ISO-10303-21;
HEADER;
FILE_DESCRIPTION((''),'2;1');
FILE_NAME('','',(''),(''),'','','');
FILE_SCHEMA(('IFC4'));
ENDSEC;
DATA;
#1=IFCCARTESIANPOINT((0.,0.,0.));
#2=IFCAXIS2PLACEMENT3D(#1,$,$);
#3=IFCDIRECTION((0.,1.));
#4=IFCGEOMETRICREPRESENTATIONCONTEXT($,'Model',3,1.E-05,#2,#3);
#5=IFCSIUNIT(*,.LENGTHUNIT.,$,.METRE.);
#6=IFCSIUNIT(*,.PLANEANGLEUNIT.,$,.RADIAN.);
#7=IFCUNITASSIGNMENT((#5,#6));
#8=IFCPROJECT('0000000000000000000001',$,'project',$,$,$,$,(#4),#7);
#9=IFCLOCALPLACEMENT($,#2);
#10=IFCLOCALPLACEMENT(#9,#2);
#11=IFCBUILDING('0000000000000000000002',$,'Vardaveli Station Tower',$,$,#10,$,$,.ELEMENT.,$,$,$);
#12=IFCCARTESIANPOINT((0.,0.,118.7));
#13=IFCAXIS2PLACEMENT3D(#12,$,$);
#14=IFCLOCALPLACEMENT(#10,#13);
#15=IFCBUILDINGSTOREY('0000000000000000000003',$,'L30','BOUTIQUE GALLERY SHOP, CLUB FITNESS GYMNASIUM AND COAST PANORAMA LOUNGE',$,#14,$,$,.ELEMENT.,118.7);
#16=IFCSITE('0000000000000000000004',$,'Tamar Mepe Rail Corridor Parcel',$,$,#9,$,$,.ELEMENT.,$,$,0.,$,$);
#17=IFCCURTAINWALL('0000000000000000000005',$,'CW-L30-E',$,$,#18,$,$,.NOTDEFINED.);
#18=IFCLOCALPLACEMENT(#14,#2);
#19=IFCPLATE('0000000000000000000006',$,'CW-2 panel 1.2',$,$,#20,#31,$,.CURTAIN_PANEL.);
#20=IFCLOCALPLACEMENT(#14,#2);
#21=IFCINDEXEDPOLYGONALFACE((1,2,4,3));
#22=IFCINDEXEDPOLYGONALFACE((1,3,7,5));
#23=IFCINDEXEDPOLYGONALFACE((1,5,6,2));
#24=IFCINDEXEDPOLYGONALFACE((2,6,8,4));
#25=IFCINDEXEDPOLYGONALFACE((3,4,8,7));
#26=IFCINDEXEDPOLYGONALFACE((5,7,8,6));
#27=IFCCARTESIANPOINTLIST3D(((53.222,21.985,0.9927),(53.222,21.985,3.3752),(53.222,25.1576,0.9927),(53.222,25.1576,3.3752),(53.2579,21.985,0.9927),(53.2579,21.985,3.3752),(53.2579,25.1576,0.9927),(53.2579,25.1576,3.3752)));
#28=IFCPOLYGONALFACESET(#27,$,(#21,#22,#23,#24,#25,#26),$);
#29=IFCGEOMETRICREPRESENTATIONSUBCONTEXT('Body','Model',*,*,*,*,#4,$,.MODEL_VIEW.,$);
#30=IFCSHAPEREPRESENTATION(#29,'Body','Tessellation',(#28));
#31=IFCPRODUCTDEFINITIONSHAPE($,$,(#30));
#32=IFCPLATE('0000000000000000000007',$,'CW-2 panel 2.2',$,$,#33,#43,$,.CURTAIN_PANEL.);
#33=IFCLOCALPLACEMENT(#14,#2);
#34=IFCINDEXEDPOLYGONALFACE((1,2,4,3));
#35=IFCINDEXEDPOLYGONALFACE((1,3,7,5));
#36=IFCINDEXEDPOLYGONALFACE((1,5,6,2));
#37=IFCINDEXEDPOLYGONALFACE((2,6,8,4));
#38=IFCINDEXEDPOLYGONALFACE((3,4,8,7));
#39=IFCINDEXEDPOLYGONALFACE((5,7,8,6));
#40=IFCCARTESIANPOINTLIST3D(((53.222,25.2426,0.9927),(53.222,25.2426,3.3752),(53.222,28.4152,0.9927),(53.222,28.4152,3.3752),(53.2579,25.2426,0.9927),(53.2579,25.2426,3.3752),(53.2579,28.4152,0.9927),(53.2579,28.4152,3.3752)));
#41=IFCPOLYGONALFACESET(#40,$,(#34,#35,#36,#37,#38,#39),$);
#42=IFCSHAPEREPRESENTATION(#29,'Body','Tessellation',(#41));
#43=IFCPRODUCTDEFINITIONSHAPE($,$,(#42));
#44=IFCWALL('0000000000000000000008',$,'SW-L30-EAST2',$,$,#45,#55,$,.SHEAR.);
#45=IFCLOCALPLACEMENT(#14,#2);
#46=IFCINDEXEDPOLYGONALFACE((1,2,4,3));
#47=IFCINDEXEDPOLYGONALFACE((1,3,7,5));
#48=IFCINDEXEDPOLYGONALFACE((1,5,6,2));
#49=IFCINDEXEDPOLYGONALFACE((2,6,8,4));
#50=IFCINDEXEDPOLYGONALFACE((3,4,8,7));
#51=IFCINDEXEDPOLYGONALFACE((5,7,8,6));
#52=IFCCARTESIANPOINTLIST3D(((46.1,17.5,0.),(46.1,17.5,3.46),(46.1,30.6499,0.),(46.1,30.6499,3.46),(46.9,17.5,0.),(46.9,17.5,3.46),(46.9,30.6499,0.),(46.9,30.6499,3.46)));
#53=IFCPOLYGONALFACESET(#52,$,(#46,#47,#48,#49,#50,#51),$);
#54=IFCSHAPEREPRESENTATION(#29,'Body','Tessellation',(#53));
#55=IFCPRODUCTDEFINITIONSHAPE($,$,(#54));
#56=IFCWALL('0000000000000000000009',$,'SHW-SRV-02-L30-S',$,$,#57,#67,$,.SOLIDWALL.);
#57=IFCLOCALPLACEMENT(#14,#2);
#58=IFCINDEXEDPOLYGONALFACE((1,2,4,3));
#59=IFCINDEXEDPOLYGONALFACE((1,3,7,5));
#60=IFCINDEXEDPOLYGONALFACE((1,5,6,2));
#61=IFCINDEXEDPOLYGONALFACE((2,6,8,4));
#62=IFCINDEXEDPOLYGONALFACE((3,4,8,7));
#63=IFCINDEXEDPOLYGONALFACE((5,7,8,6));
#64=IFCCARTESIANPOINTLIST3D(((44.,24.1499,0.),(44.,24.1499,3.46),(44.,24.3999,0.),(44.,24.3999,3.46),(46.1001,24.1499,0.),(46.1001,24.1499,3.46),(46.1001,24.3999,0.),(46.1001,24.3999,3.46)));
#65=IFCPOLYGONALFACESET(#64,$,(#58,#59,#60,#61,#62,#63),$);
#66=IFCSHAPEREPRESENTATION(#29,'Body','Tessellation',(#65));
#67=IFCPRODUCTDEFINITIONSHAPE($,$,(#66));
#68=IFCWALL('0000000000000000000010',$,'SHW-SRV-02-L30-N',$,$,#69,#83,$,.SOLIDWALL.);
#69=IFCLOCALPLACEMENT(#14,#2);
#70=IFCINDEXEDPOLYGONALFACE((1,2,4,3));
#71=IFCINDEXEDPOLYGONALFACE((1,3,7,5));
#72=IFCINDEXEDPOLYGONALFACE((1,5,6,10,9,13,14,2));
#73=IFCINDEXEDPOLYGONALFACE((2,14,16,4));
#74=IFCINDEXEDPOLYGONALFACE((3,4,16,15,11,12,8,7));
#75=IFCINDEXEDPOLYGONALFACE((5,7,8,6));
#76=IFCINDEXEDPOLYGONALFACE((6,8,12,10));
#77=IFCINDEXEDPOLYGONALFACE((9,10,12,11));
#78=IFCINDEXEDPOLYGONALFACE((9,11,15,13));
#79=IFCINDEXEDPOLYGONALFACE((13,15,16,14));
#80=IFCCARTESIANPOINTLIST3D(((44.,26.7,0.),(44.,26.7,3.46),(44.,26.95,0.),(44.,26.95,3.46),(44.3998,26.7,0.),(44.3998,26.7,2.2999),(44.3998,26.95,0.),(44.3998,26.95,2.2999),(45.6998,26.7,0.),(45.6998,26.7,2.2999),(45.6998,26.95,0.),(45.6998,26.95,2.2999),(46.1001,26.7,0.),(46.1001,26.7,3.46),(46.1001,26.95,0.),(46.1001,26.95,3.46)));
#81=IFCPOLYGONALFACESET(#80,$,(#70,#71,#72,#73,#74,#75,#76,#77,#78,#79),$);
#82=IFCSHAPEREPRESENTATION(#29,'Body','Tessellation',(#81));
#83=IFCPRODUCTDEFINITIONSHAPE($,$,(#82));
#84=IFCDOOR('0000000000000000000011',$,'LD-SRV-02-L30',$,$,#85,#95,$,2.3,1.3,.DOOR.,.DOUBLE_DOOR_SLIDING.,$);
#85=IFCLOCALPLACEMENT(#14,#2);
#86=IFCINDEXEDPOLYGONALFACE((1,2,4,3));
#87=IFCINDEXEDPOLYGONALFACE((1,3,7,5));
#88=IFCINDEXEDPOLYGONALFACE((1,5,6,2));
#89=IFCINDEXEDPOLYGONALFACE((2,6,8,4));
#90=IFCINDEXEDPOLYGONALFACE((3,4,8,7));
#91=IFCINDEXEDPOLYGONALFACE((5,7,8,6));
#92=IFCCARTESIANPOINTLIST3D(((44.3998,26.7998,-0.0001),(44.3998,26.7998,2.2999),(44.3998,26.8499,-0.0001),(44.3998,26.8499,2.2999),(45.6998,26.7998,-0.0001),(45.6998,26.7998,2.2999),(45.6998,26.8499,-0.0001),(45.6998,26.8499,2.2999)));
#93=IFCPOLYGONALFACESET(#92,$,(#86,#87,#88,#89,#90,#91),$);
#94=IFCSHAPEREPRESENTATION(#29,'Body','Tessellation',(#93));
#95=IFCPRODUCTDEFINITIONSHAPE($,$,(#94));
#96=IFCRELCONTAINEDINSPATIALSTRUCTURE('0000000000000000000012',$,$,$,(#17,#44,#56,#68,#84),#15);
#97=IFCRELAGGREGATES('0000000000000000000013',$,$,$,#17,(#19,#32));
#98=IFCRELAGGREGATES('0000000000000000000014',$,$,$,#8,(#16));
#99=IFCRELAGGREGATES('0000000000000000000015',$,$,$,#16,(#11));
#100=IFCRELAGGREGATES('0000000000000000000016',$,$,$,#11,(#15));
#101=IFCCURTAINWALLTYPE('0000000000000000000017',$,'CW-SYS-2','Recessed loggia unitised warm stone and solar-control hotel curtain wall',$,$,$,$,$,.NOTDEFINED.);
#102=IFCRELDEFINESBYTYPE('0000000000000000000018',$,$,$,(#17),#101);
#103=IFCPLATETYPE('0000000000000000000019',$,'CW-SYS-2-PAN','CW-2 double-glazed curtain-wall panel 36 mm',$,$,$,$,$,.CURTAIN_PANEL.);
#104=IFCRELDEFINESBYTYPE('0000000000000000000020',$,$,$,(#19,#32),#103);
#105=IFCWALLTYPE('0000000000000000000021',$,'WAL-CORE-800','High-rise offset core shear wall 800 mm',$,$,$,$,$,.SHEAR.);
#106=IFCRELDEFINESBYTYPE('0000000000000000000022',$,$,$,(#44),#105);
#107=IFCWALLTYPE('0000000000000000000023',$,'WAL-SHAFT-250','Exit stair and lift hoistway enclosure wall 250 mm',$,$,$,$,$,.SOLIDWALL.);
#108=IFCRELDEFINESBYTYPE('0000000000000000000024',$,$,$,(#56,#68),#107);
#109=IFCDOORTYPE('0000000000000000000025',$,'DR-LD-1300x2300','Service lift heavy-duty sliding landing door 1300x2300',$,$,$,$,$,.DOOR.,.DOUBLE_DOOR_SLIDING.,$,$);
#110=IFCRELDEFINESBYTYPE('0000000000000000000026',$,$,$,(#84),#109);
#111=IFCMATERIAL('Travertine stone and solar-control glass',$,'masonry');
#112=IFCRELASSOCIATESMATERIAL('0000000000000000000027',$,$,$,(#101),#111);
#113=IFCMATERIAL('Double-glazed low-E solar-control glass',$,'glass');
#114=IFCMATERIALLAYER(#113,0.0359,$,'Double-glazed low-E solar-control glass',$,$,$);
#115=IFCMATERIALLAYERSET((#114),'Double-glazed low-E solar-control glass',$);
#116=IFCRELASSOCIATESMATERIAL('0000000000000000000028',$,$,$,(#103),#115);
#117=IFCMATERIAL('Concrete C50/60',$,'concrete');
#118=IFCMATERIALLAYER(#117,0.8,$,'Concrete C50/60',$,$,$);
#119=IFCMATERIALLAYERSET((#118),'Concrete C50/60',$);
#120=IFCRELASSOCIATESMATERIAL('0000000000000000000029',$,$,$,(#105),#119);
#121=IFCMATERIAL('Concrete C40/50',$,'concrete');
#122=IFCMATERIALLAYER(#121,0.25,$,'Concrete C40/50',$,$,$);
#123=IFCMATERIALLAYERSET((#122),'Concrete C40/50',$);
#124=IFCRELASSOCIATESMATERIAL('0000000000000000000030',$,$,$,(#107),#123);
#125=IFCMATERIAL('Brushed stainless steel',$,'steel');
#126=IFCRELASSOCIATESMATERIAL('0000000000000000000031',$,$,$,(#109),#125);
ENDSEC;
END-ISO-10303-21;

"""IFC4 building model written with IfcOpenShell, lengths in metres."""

from ifc_helpers import new_model, si_unit, direction, frame, frame_2d, origin, origin_2d, place, context, subcontext, project, spatial, rectangle, extrude, source, transform, mapped, material, layer, layer_set, type_object, element, fill, aggregate, save


model = new_model("IFC4")

# Units and contexts
model_context = context("Model", 3, precision=1e-05, world=origin(), true_north=direction((0.0, 1.0)))
body_context = subcontext(model_context, "Body", "Model", "MODEL_VIEW")
ifc_project = project(units=[si_unit("LENGTHUNIT", "METRE"), si_unit("PLANEANGLEUNIT", "RADIAN")], contexts=[model_context])

# Site, building, storey
site_placement = place(None, origin())
site = spatial("IfcSite", under=ifc_project, at=site_placement, Name="Tamar Mepe Rail Corridor Parcel", CompositionType="ELEMENT", RefElevation=0.0)
building_placement = place(site_placement, origin())
building = spatial("IfcBuilding", under=site, at=building_placement, Name="Vardaveli Station Tower", CompositionType="ELEMENT")
storey_placement = place(building_placement, frame((0.0, 0.0, 118.7)))
storey = spatial("IfcBuildingStorey", under=building, at=storey_placement, Name="L30", Description="BOUTIQUE GALLERY SHOP, CLUB FITNESS GYMNASIUM AND COAST PANORAMA LOUNGE", CompositionType="ELEMENT", Elevation=118.7)

# Curtain wall, plates
ifc_material_1 = material(Name="Travertine stone and solar-control glass", Category="masonry")
curtain_wall_type = type_object("IfcCurtainWallType", Name="CW-SYS-2", Description="Recessed loggia unitised warm stone and solar-control hotel curtain wall", PredefinedType="NOTDEFINED", material=ifc_material_1)
curtain_wall_placement = place(storey_placement, origin())
curtain_wall = element("IfcCurtainWall", 1, at=curtain_wall_placement, inside=storey, type_object=curtain_wall_type, Name="CW-L30-E", PredefinedType="NOTDEFINED")
ifc_material_2 = material(Name="Double-glazed low-E solar-control glass", Category="glass")
ifc_layer_1 = layer(ifc_material_2, 0.0359, Name="Double-glazed low-E solar-control glass")
ifc_layer_set_1 = layer_set([ifc_layer_1], Name="Double-glazed low-E solar-control glass")
plate_type = type_object("IfcPlateType", Name="CW-SYS-2-PAN", Description="CW-2 double-glazed curtain-wall panel 36 mm", PredefinedType="CURTAIN_PANEL", material=ifc_layer_set_1)
shared_shape_1 = source(origin(), body_context, "Body", "SweptSolid", [
    extrude(rectangle(XDim=3.1726, YDim=0.0359, at=origin_2d()), origin(), (0.0, 0.0, 1.0), 2.3826),
])
plate_1_placement = place(storey_placement, frame((53.24, 23.5713, 0.9927), z_axis=(0.0, 0.0, 1.0), x_axis=(0.0, 1.0, 0.0)))
plate_1 = element("IfcPlate", 2, at=plate_1_placement, type_object=plate_type, Name="CW-2 panel 1.2", PredefinedType="CURTAIN_PANEL", context=body_context, shape_type="MappedRepresentation", body=[
    mapped(shared_shape_1, transform((0.0, 0.0, 0.0), scale=1.0)),
])
plate_2_placement = place(storey_placement, frame((53.24, 26.8289, 0.9927), z_axis=(0.0, 0.0, 1.0), x_axis=(0.0, 1.0, 0.0)))
plate_2 = element("IfcPlate", 3, at=plate_2_placement, type_object=plate_type, Name="CW-2 panel 2.2", PredefinedType="CURTAIN_PANEL", context=body_context, shape_type="MappedRepresentation", body=[
    mapped(shared_shape_1, transform((0.0, 0.0, 0.0), scale=1.0)),
])
aggregate(curtain_wall, [plate_1, plate_2])

# Walls
ifc_material_3 = material(Name="Concrete C50/60", Category="concrete")
ifc_layer_2 = layer(ifc_material_3, 0.8, Name="Concrete C50/60")
ifc_layer_set_2 = layer_set([ifc_layer_2], Name="Concrete C50/60")
wall_type_1 = type_object("IfcWallType", Name="WAL-CORE-800", Description="High-rise offset core shear wall 800 mm", PredefinedType="SHEAR", material=ifc_layer_set_2)
shared_shape_2 = source(origin(), body_context, "Body", "SweptSolid", [
    extrude(rectangle(XDim=13.1499, YDim=0.8, at=frame_2d((6.575, 0.0))), origin(), (0.0, 0.0, 1.0), 3.46),
])
wall_1_placement = place(storey_placement, frame((46.5, 17.5, 0.0), z_axis=(0.0, 0.0, 1.0), x_axis=(0.0, 1.0, 0.0)))
element("IfcWall", 4, at=wall_1_placement, inside=storey, type_object=wall_type_1, Name="SW-L30-EAST2", PredefinedType="SHEAR", context=body_context, shape_type="MappedRepresentation", body=[
    mapped(shared_shape_2, transform((0.0, 0.0, 0.0), scale=1.0)),
])
ifc_material_4 = material(Name="Concrete C40/50", Category="concrete")
ifc_layer_3 = layer(ifc_material_4, 0.25, Name="Concrete C40/50")
ifc_layer_set_3 = layer_set([ifc_layer_3], Name="Concrete C40/50")
wall_type_2 = type_object("IfcWallType", Name="WAL-SHAFT-250", Description="Exit stair and lift hoistway enclosure wall 250 mm", PredefinedType="SOLIDWALL", material=ifc_layer_set_3)
shared_shape_3 = source(origin(), body_context, "Body", "SweptSolid", [
    extrude(rectangle(XDim=2.1001, YDim=0.25, at=frame_2d((1.05, 0.0))), origin(), (0.0, 0.0, 1.0), 3.46),
])
wall_2_placement = place(storey_placement, frame((44.0, 24.2749, 0.0), z_axis=(0.0, 0.0, 1.0), x_axis=(1.0, 0.0, 0.0)))
element("IfcWall", 5, at=wall_2_placement, inside=storey, type_object=wall_type_2, Name="SHW-SRV-02-L30-S", PredefinedType="SOLIDWALL", context=body_context, shape_type="MappedRepresentation", body=[
    mapped(shared_shape_3, transform((0.0, 0.0, 0.0), scale=1.0)),
])

# Wall, opening, door
wall_3_placement = place(storey_placement, frame((44.0, 26.825, 0.0), z_axis=(0.0, 0.0, 1.0), x_axis=(1.0, 0.0, 0.0)))
wall_3 = element("IfcWall", 6, at=wall_3_placement, inside=storey, type_object=wall_type_2, Name="SHW-SRV-02-L30-N", PredefinedType="SOLIDWALL", context=body_context, shape_type="MappedRepresentation", body=[
    mapped(shared_shape_3, transform((0.0, 0.0, 0.0), scale=1.0)),
])
shared_shape_4 = source(origin(), body_context, "Body", "SweptSolid", [
    extrude(rectangle(XDim=1.3, YDim=2.3, at=frame_2d((0.6499, 1.1499))), frame((0.0, 0.135, 0.0), z_axis=(0.0, -1.0, 0.0), x_axis=(1.0, 0.0, 0.0)), (0.0, 0.0, 1.0), 0.27),
])
opening_placement = place(wall_3_placement, frame((0.3999, 0.0, 0.0)))
opening = element("IfcOpeningElement", 7, at=opening_placement, cuts=wall_3, PredefinedType="OPENING", context=body_context, shape_type="MappedRepresentation", body=[
    mapped(shared_shape_4, transform((0.0, 0.0, 0.0), scale=1.0)),
])
ifc_material_5 = material(Name="Brushed stainless steel", Category="steel")
door_type = type_object("IfcDoorType", Name="DR-LD-1300x2300", Description="Service lift heavy-duty sliding landing door 1300x2300", OperationType="DOUBLE_DOOR_SLIDING", PredefinedType="DOOR", material=ifc_material_5)
shared_shape_5 = source(origin(), body_context, "Body", "SweptSolid", [
    extrude(rectangle(XDim=1.3, YDim=2.3, at=frame_2d((0.6499, 1.1499))), frame((0.0, 0.0249, 0.0), z_axis=(0.0, -1.0, 0.0), x_axis=(1.0, 0.0, 0.0)), (0.0, 0.0, 1.0), 0.05),
])
door_placement = place(opening_placement, origin())
door = element("IfcDoor", 8, at=door_placement, inside=storey, type_object=door_type, Name="LD-SRV-02-L30", OperationType="DOUBLE_DOOR_SLIDING", OverallHeight=2.3, OverallWidth=1.3, PredefinedType="DOOR", context=body_context, shape_type="MappedRepresentation", body=[
    mapped(shared_shape_5, transform((0.0, 0.0, 0.0), scale=1.0)),
])
fill(opening, door)

save(model, "model.ifc")
